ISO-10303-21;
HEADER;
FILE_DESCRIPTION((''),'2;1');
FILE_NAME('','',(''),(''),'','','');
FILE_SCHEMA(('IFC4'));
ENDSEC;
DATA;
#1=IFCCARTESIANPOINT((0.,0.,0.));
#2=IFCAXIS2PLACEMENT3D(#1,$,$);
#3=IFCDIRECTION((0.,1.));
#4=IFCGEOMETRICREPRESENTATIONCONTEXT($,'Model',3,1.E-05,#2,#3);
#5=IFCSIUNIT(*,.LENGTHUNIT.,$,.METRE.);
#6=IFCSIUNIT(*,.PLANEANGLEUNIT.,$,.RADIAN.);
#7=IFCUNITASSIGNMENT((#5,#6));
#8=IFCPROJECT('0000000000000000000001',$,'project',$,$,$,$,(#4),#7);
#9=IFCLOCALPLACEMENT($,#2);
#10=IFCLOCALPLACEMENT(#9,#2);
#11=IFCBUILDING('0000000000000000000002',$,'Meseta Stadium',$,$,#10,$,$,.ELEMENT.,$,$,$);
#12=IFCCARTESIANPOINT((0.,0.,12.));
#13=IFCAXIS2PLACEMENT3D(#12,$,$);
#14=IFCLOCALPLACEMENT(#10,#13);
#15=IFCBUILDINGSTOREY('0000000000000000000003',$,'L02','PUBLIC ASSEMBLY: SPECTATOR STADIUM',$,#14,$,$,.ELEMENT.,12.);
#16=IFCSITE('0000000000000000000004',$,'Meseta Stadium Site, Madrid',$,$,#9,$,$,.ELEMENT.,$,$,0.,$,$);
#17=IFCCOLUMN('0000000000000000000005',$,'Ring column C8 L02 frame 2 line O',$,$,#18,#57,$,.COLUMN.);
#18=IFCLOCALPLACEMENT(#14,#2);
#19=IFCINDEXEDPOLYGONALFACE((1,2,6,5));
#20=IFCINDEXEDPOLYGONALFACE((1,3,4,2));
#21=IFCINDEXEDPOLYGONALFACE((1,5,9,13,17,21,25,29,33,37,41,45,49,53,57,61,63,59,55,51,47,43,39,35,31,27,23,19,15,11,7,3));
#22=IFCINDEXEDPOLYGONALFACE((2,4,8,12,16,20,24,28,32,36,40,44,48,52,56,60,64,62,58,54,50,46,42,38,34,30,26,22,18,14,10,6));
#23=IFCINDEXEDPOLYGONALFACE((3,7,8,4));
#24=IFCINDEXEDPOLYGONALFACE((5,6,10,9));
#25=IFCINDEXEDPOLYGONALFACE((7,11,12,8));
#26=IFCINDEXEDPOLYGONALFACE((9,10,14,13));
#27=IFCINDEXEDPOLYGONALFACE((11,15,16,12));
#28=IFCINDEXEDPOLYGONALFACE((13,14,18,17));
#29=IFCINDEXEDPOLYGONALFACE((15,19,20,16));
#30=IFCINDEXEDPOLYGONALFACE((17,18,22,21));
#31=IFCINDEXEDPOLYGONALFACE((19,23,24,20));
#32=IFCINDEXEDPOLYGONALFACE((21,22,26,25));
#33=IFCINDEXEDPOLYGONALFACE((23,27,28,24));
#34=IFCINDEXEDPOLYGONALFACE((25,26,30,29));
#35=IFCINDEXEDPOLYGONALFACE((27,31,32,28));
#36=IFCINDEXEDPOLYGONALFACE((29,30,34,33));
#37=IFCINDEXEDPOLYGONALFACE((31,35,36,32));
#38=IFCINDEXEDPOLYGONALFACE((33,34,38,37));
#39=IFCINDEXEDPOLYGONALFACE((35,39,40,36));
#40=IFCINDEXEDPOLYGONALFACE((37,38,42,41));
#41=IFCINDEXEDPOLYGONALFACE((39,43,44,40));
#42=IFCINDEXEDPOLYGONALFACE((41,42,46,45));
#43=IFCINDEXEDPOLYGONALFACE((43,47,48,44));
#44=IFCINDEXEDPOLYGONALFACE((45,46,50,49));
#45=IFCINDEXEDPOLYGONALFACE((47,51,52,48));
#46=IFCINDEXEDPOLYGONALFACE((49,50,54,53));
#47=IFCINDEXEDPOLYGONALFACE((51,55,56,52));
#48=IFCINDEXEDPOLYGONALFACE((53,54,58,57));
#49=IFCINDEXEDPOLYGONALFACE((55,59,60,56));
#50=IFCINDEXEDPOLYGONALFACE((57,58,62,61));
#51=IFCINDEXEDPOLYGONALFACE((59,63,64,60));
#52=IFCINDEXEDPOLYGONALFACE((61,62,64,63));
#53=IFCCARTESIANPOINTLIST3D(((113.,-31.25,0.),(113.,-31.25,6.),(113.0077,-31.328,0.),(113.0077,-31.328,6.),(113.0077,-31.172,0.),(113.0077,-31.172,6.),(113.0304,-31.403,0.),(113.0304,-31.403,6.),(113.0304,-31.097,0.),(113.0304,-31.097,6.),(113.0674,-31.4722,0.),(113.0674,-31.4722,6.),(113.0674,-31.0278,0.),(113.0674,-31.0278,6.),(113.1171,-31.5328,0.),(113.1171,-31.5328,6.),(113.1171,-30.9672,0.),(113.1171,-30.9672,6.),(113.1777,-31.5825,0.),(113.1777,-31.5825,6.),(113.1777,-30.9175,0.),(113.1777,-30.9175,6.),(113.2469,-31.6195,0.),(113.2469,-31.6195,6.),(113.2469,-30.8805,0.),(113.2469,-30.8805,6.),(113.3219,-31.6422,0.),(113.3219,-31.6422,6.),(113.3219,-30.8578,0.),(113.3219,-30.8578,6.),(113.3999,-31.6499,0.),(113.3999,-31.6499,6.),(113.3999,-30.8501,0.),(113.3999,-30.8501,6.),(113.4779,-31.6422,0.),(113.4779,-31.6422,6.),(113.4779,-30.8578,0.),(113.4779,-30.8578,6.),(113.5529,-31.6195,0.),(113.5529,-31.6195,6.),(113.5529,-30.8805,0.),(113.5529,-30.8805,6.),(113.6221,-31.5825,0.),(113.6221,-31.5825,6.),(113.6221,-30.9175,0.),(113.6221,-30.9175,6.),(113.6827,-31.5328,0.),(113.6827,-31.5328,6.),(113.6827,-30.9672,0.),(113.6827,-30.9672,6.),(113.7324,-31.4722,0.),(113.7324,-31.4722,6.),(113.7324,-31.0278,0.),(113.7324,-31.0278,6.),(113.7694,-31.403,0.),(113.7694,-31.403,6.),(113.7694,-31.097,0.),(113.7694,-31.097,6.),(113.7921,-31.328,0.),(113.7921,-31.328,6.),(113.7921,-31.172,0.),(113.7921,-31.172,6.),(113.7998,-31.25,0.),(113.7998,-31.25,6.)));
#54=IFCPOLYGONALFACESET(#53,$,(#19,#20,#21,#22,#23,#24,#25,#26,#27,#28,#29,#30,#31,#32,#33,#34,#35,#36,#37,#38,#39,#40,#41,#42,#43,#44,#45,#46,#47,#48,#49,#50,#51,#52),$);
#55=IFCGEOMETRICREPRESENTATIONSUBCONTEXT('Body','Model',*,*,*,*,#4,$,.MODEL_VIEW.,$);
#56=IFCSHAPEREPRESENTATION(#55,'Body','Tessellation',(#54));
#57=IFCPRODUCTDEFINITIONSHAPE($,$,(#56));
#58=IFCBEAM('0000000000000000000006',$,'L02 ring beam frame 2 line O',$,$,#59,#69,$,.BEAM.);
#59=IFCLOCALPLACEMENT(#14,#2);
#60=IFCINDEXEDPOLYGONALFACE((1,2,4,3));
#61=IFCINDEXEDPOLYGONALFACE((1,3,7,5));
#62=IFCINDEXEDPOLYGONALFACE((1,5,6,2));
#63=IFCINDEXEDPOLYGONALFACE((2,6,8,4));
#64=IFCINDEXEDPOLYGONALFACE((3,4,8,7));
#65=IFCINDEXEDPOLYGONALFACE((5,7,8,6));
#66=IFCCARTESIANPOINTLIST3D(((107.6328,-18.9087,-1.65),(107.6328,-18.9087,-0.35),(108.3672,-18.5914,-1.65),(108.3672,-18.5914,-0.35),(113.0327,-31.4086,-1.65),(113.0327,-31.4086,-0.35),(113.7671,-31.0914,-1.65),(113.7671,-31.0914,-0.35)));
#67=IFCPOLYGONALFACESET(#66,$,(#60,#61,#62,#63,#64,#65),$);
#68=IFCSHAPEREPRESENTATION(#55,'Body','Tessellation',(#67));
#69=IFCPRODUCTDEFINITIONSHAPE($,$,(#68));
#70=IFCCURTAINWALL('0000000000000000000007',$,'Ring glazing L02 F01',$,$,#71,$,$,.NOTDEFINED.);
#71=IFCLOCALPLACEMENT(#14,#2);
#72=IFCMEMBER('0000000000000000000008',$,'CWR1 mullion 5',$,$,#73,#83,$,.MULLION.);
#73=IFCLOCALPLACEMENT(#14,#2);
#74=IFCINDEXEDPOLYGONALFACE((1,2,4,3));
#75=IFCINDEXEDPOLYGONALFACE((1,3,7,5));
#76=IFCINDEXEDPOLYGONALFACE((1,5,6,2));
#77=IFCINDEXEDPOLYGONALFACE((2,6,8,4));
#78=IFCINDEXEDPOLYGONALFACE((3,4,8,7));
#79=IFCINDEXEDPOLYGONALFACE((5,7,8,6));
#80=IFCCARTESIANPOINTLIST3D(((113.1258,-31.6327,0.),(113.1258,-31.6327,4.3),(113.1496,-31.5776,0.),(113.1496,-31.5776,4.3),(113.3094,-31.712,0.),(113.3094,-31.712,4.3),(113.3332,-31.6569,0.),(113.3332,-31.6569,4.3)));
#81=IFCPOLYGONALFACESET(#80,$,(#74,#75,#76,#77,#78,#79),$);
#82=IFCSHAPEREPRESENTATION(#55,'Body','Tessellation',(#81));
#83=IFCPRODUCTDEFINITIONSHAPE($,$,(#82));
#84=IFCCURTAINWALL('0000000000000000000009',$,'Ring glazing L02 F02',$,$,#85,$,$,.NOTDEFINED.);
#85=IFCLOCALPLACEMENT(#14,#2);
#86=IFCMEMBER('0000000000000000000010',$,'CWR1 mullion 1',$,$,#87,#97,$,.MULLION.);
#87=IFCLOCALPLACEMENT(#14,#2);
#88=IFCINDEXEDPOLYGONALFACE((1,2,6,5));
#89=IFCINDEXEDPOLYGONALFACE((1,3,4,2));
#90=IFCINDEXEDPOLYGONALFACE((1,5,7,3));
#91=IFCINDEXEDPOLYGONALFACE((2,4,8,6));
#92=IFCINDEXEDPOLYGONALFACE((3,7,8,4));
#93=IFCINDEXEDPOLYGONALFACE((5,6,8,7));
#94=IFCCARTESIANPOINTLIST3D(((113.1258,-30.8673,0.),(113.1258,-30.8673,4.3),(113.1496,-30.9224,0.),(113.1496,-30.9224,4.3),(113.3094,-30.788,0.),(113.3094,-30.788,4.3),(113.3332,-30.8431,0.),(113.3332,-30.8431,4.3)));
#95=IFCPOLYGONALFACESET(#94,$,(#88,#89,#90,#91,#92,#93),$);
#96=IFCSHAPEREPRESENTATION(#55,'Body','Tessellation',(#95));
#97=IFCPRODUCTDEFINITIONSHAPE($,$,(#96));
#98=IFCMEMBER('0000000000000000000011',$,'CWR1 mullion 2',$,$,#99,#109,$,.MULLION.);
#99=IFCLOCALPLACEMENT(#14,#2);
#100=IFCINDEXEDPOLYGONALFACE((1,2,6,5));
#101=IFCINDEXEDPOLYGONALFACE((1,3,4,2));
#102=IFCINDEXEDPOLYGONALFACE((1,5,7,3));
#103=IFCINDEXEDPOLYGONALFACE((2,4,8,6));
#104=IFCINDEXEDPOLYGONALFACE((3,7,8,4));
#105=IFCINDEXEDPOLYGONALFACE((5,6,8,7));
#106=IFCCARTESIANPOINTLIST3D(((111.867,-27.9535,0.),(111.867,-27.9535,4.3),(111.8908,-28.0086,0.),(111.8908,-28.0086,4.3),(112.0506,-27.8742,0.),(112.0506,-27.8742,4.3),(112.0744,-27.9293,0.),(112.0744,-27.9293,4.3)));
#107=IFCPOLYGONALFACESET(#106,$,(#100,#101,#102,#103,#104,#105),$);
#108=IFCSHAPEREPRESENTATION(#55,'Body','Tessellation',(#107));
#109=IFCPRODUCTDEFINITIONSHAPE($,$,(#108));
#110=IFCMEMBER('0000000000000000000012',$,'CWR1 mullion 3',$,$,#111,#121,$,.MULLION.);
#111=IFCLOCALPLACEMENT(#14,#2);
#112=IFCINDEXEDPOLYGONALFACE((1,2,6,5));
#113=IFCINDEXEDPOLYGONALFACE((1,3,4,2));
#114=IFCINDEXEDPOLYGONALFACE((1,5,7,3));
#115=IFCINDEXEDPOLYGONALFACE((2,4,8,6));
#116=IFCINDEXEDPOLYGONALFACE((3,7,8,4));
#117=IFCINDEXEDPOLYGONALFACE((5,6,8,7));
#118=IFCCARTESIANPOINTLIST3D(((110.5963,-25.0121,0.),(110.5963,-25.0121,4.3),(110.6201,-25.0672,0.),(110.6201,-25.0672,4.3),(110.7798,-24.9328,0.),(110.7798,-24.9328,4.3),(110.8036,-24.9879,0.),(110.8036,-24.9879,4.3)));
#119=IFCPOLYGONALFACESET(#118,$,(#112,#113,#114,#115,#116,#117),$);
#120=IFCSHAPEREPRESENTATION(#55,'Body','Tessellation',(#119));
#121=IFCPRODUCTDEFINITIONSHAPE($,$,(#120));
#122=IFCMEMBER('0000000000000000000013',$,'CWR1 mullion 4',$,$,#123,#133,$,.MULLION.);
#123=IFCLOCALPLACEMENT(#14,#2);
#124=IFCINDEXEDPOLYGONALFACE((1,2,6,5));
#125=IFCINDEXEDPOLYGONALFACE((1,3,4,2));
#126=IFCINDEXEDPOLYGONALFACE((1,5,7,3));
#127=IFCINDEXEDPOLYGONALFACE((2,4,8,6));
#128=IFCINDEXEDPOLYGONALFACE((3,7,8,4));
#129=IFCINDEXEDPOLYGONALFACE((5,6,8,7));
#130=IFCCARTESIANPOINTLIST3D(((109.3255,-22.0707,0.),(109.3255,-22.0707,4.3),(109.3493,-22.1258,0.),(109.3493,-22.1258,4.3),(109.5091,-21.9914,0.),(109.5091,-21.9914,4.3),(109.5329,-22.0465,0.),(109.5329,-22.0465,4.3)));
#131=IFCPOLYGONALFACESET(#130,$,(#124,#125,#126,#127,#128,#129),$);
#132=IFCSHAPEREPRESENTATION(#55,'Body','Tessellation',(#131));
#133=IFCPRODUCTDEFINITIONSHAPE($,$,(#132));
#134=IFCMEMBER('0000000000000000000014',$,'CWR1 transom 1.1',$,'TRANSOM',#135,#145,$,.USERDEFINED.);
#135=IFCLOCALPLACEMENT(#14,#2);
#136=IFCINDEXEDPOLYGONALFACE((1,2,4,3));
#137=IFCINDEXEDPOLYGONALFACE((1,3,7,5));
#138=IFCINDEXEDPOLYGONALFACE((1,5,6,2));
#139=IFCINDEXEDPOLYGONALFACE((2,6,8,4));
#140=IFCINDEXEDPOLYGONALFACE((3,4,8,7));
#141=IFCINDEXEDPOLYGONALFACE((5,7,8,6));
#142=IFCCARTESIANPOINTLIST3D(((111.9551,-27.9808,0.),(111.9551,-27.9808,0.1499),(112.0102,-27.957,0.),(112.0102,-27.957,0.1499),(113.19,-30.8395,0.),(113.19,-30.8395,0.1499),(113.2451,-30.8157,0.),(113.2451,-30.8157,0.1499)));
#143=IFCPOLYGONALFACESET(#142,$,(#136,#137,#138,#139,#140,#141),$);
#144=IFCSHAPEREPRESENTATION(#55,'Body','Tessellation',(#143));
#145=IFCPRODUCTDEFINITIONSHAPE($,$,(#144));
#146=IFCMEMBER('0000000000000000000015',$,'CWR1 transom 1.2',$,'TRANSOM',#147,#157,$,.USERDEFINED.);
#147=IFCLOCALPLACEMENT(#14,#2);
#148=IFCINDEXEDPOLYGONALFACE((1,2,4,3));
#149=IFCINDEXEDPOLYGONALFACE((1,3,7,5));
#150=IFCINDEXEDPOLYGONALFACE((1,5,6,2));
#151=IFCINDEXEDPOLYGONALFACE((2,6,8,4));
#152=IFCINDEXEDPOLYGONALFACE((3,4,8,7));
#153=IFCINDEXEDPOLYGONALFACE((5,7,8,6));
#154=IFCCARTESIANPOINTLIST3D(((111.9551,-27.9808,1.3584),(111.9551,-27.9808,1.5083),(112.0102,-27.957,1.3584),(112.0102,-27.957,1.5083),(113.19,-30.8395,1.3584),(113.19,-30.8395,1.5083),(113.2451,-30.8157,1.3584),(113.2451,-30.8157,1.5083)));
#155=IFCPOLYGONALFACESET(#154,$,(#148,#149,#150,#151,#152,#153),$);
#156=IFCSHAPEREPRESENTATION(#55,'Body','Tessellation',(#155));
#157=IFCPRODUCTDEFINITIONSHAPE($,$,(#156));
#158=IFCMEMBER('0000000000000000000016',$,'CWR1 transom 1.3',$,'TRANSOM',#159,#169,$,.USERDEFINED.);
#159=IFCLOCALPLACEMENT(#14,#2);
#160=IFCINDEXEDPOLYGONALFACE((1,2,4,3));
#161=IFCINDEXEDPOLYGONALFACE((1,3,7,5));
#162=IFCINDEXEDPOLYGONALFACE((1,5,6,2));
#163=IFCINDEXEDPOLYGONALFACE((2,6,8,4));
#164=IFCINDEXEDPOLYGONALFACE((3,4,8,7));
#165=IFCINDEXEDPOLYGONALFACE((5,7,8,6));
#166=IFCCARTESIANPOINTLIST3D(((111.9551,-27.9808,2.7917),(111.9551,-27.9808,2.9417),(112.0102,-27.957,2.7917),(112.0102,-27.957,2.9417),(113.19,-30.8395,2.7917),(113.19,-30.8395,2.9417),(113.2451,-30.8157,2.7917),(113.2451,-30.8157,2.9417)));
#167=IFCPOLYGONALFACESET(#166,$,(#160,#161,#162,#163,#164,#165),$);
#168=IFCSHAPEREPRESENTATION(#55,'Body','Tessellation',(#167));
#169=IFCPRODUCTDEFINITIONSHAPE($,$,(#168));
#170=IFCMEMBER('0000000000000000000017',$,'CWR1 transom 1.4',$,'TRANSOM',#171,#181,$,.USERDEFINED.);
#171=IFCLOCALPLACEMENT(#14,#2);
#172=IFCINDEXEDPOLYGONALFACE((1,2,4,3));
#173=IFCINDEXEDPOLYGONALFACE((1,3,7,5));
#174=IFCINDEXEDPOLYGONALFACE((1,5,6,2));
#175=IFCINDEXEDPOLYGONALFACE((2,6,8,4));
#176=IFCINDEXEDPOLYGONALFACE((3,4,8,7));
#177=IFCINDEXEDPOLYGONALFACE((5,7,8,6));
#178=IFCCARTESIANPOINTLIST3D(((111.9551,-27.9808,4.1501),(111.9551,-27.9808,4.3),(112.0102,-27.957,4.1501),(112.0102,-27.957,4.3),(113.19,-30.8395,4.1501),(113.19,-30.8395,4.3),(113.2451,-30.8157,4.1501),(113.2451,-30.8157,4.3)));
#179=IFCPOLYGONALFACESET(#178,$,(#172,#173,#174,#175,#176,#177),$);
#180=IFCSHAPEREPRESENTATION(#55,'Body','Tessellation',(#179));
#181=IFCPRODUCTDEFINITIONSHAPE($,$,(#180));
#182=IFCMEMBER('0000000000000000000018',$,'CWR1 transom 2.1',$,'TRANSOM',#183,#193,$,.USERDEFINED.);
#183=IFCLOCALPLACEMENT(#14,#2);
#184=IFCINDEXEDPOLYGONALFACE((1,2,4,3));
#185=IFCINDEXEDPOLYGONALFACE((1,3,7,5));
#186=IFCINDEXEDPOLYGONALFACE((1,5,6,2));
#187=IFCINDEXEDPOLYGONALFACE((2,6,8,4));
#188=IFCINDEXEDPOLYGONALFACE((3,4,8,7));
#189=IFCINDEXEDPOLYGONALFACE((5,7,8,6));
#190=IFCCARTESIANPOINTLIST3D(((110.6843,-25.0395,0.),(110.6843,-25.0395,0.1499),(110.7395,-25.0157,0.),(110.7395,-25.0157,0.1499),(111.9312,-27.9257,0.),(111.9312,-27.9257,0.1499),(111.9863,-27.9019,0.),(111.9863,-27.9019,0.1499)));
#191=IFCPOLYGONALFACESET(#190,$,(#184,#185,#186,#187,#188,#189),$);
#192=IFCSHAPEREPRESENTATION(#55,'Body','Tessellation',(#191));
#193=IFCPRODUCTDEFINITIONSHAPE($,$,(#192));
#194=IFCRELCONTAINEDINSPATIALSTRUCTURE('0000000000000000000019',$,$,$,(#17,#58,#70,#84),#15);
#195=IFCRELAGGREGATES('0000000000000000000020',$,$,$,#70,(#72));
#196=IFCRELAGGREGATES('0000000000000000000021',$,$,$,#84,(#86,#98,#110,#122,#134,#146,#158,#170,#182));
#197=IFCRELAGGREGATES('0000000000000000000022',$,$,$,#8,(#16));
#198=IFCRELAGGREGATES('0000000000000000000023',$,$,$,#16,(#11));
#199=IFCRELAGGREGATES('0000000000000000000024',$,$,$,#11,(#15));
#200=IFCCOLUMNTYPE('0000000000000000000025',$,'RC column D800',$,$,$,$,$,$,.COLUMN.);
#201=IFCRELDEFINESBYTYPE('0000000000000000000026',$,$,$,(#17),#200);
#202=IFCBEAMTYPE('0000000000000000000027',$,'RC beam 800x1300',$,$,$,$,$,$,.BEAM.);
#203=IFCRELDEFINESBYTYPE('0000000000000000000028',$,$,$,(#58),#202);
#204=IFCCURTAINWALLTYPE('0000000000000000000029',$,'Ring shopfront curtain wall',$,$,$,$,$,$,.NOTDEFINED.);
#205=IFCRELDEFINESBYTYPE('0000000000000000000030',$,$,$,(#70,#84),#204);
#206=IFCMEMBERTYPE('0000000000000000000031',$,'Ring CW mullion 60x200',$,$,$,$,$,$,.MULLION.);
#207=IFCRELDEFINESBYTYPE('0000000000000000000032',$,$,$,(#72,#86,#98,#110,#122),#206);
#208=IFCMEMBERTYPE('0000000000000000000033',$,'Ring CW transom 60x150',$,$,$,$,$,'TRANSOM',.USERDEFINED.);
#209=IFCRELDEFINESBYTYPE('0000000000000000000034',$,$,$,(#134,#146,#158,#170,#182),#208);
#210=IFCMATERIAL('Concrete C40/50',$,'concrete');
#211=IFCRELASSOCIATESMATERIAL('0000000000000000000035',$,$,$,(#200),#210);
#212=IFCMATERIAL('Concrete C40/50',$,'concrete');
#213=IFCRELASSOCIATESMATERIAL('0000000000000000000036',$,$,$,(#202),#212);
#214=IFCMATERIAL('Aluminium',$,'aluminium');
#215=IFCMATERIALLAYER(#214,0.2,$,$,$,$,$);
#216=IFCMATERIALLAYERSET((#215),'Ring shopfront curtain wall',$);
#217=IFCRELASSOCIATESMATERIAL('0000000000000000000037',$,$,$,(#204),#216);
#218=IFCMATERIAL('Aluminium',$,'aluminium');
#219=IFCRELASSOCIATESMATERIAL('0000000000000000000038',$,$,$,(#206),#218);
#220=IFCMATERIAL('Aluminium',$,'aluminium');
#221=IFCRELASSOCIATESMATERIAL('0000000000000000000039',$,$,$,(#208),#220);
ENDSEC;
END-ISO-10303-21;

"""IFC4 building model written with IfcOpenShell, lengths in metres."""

from ifc_helpers import new_model, si_unit, direction, frame, origin, origin_2d, place, context, subcontext, project, spatial, rectangle, circle, extrude, material, layer, layer_set, material_profile, profile_set, type_object, element, aggregate, save


model = new_model("IFC4")

# Units and contexts
model_context = context("Model", 3, precision=1e-05, world=origin(), true_north=direction((0.0, 1.0)))
body_context = subcontext(model_context, "Body", "Model", "MODEL_VIEW")
ifc_project = project(units=[si_unit("LENGTHUNIT", "METRE"), si_unit("PLANEANGLEUNIT", "RADIAN")], contexts=[model_context])

# Site, building, storey
site_placement = place(None, origin())
site = spatial("IfcSite", under=ifc_project, at=site_placement, Name="Meseta Stadium Site, Madrid", CompositionType="ELEMENT", RefElevation=0.0)
building_placement = place(site_placement, origin())
building = spatial("IfcBuilding", under=site, at=building_placement, Name="Meseta Stadium", CompositionType="ELEMENT")
storey_placement = place(building_placement, frame((0.0, 0.0, 12.0)))
storey = spatial("IfcBuildingStorey", under=building, at=storey_placement, Name="L02", Description="PUBLIC ASSEMBLY: SPECTATOR STADIUM", CompositionType="ELEMENT", Elevation=12.0)

# Column
ifc_material_1 = material(Name="Concrete C40/50", Category="concrete")
ifc_material_profile_1 = material_profile(ifc_material_1, circle(Radius=0.3999, at=origin_2d()), Name="RC D800")
ifc_profile_set_1 = profile_set([ifc_material_profile_1], Name="Concrete C40/50")
column_type = type_object("IfcColumnType", Name="RC column D800", PredefinedType="COLUMN", material=ifc_profile_set_1)
column_placement = place(storey_placement, frame((113.3999, -31.25, 0.0), z_axis=(0.0, 0.0, 1.0), x_axis=(1.0, 0.0, 0.0)))
element("IfcColumn", 1, at=column_placement, inside=storey, type_object=column_type, Name="Ring column C8 L02 frame 2 line O", PredefinedType="COLUMN", context=body_context, shape_type="SweptSolid", body=[
    extrude(circle(Radius=0.3999, at=origin_2d()), origin(), (0.0, 0.0, 1.0), 6.0),
])

# Beam
ifc_material_2 = material(Name="Concrete C40/50", Category="concrete")
ifc_material_profile_2 = material_profile(ifc_material_2, rectangle(XDim=0.8, YDim=1.3, at=origin_2d()), Name="RC 800x1300")
ifc_profile_set_2 = profile_set([ifc_material_profile_2], Name="Concrete C40/50")
beam_type = type_object("IfcBeamType", Name="RC beam 800x1300", PredefinedType="BEAM", material=ifc_profile_set_2)
beam_placement = place(storey_placement, frame((113.3999, -31.25, -1.0), z_axis=(-0.396571, 0.918004, 0.0), x_axis=(-0.918004, -0.396571, 0.0)))
element("IfcBeam", 2, at=beam_placement, inside=storey, type_object=beam_type, Name="L02 ring beam frame 2 line O", PredefinedType="BEAM", context=body_context, shape_type="SweptSolid", body=[
    extrude(rectangle(XDim=0.8, YDim=1.3, at=origin_2d()), origin(), (0.0, 0.0, 1.0), 13.6165),
])

# Curtain wall, member
ifc_material_3 = material(Name="Aluminium", Category="aluminium")
ifc_layer_1 = layer(ifc_material_3, 0.2)
ifc_layer_set_1 = layer_set([ifc_layer_1], Name="Ring shopfront curtain wall")
curtain_wall_type = type_object("IfcCurtainWallType", Name="Ring shopfront curtain wall", PredefinedType="NOTDEFINED", material=ifc_layer_set_1)
curtain_wall_1_placement = place(storey_placement, origin())
curtain_wall_1 = element("IfcCurtainWall", 3, at=curtain_wall_1_placement, inside=storey, type_object=curtain_wall_type, Name="Ring glazing L02 F01", PredefinedType="NOTDEFINED")
ifc_material_4 = material(Name="Aluminium", Category="aluminium")
ifc_material_profile_3 = material_profile(ifc_material_4, rectangle(XDim=0.2, YDim=0.0601, at=origin_2d()), Name="CW 200x60")
ifc_profile_set_3 = profile_set([ifc_material_profile_3], Name="Aluminium")
member_type_1 = type_object("IfcMemberType", Name="Ring CW mullion 60x200", PredefinedType="MULLION", material=ifc_profile_set_3)
member_1_placement = place(storey_placement, frame((113.2295, -31.6448, 0.0), z_axis=(0.0, 0.0, 1.0), x_axis=(-0.918, 0.396581, 0.0)))
member_1 = element("IfcMember", 4, at=member_1_placement, type_object=member_type_1, Name="CWR1 mullion 5", PredefinedType="MULLION", context=body_context, shape_type="SweptSolid", body=[
    extrude(rectangle(XDim=0.2, YDim=0.0601, at=origin_2d()), origin(), (0.0, 0.0, 1.0), 4.3),
])
aggregate(curtain_wall_1, [member_1])

# Curtain wall, members
curtain_wall_2_placement = place(storey_placement, origin())
curtain_wall_2 = element("IfcCurtainWall", 5, at=curtain_wall_2_placement, inside=storey, type_object=curtain_wall_type, Name="Ring glazing L02 F02", PredefinedType="NOTDEFINED")
member_2_placement = place(storey_placement, frame((113.2295, -30.8552, 0.0), z_axis=(0.0, 0.0, 1.0), x_axis=(-0.918, -0.396581, 0.0)))
member_2 = element("IfcMember", 6, at=member_2_placement, type_object=member_type_1, Name="CWR1 mullion 1", PredefinedType="MULLION", context=body_context, shape_type="SweptSolid", body=[
    extrude(rectangle(XDim=0.2, YDim=0.0601, at=origin_2d()), origin(), (0.0, 0.0, 1.0), 4.3),
])
member_3_placement = place(storey_placement, frame((111.9707, -27.9414, 0.0), z_axis=(0.0, 0.0, 1.0), x_axis=(-0.918, -0.396581, 0.0)))
member_3 = element("IfcMember", 7, at=member_3_placement, type_object=member_type_1, Name="CWR1 mullion 2", PredefinedType="MULLION", context=body_context, shape_type="SweptSolid", body=[
    extrude(rectangle(XDim=0.2, YDim=0.0601, at=origin_2d()), origin(), (0.0, 0.0, 1.0), 4.3),
])
member_4_placement = place(storey_placement, frame((110.7, -25.0, 0.0), z_axis=(0.0, 0.0, 1.0), x_axis=(-0.918, -0.396581, 0.0)))
member_4 = element("IfcMember", 8, at=member_4_placement, type_object=member_type_1, Name="CWR1 mullion 3", PredefinedType="MULLION", context=body_context, shape_type="SweptSolid", body=[
    extrude(rectangle(XDim=0.2, YDim=0.0601, at=origin_2d()), origin(), (0.0, 0.0, 1.0), 4.3),
])
member_5_placement = place(storey_placement, frame((109.4292, -22.0586, 0.0), z_axis=(0.0, 0.0, 1.0), x_axis=(-0.918, -0.396581, 0.0)))
member_5 = element("IfcMember", 9, at=member_5_placement, type_object=member_type_1, Name="CWR1 mullion 4", PredefinedType="MULLION", context=body_context, shape_type="SweptSolid", body=[
    extrude(rectangle(XDim=0.2, YDim=0.0601, at=origin_2d()), origin(), (0.0, 0.0, 1.0), 4.3),
])
ifc_material_5 = material(Name="Aluminium", Category="aluminium")
ifc_material_profile_4 = material_profile(ifc_material_5, rectangle(XDim=0.0601, YDim=0.1499, at=origin_2d()), Name="CW 60x150")
ifc_profile_set_4 = profile_set([ifc_material_profile_4], Name="Aluminium")
member_type_2 = type_object("IfcMemberType", Name="Ring CW transom 60x150", ElementType="TRANSOM", PredefinedType="USERDEFINED", material=ifc_profile_set_4)
member_6_placement = place(storey_placement, frame((113.2175, -30.8276, 0.075), z_axis=(-0.396558, 0.91801, 0.0), x_axis=(-0.91801, -0.396558, 0.0)))
member_6 = element("IfcMember", 10, at=member_6_placement, type_object=member_type_2, Name="CWR1 transom 1.1", ObjectType="TRANSOM", PredefinedType="USERDEFINED", context=body_context, shape_type="SweptSolid", body=[
    extrude(rectangle(XDim=0.0601, YDim=0.1499, at=origin_2d()), origin(), (0.0, 0.0, 1.0), 3.114),
])
member_7_placement = place(storey_placement, frame((113.2175, -30.8276, 1.4333), z_axis=(-0.396558, 0.91801, 0.0), x_axis=(-0.91801, -0.396558, 0.0)))
member_7 = element("IfcMember", 11, at=member_7_placement, type_object=member_type_2, Name="CWR1 transom 1.2", ObjectType="TRANSOM", PredefinedType="USERDEFINED", context=body_context, shape_type="SweptSolid", body=[
    extrude(rectangle(XDim=0.0601, YDim=0.1499, at=origin_2d()), origin(), (0.0, 0.0, 1.0), 3.114),
])
member_8_placement = place(storey_placement, frame((113.2175, -30.8276, 2.8667), z_axis=(-0.396558, 0.91801, 0.0), x_axis=(-0.91801, -0.396558, 0.0)))
member_8 = element("IfcMember", 12, at=member_8_placement, type_object=member_type_2, Name="CWR1 transom 1.3", ObjectType="TRANSOM", PredefinedType="USERDEFINED", context=body_context, shape_type="SweptSolid", body=[
    extrude(rectangle(XDim=0.0601, YDim=0.1499, at=origin_2d()), origin(), (0.0, 0.0, 1.0), 3.114),
])
member_9_placement = place(storey_placement, frame((113.2175, -30.8276, 4.2251), z_axis=(-0.396558, 0.91801, 0.0), x_axis=(-0.91801, -0.396558, 0.0)))
member_9 = element("IfcMember", 13, at=member_9_placement, type_object=member_type_2, Name="CWR1 transom 1.4", ObjectType="TRANSOM", PredefinedType="USERDEFINED", context=body_context, shape_type="SweptSolid", body=[
    extrude(rectangle(XDim=0.0601, YDim=0.1499, at=origin_2d()), origin(), (0.0, 0.0, 1.0), 3.114),
])
member_10_placement = place(storey_placement, frame((111.9587, -27.9138, 0.075), z_axis=(-0.39657, 0.918005, 0.0), x_axis=(-0.918005, -0.39657, 0.0)))
member_10 = element("IfcMember", 14, at=member_10_placement, type_object=member_type_2, Name="CWR1 transom 2.1", ObjectType="TRANSOM", PredefinedType="USERDEFINED", context=body_context, shape_type="SweptSolid", body=[
    extrude(rectangle(XDim=0.0601, YDim=0.1499, at=origin_2d()), origin(), (0.0, 0.0, 1.0), 3.144),
])
aggregate(curtain_wall_2, [member_2, member_3, member_4, member_5, member_6, member_7, member_8, member_9, member_10])

save(model, "model.ifc")
